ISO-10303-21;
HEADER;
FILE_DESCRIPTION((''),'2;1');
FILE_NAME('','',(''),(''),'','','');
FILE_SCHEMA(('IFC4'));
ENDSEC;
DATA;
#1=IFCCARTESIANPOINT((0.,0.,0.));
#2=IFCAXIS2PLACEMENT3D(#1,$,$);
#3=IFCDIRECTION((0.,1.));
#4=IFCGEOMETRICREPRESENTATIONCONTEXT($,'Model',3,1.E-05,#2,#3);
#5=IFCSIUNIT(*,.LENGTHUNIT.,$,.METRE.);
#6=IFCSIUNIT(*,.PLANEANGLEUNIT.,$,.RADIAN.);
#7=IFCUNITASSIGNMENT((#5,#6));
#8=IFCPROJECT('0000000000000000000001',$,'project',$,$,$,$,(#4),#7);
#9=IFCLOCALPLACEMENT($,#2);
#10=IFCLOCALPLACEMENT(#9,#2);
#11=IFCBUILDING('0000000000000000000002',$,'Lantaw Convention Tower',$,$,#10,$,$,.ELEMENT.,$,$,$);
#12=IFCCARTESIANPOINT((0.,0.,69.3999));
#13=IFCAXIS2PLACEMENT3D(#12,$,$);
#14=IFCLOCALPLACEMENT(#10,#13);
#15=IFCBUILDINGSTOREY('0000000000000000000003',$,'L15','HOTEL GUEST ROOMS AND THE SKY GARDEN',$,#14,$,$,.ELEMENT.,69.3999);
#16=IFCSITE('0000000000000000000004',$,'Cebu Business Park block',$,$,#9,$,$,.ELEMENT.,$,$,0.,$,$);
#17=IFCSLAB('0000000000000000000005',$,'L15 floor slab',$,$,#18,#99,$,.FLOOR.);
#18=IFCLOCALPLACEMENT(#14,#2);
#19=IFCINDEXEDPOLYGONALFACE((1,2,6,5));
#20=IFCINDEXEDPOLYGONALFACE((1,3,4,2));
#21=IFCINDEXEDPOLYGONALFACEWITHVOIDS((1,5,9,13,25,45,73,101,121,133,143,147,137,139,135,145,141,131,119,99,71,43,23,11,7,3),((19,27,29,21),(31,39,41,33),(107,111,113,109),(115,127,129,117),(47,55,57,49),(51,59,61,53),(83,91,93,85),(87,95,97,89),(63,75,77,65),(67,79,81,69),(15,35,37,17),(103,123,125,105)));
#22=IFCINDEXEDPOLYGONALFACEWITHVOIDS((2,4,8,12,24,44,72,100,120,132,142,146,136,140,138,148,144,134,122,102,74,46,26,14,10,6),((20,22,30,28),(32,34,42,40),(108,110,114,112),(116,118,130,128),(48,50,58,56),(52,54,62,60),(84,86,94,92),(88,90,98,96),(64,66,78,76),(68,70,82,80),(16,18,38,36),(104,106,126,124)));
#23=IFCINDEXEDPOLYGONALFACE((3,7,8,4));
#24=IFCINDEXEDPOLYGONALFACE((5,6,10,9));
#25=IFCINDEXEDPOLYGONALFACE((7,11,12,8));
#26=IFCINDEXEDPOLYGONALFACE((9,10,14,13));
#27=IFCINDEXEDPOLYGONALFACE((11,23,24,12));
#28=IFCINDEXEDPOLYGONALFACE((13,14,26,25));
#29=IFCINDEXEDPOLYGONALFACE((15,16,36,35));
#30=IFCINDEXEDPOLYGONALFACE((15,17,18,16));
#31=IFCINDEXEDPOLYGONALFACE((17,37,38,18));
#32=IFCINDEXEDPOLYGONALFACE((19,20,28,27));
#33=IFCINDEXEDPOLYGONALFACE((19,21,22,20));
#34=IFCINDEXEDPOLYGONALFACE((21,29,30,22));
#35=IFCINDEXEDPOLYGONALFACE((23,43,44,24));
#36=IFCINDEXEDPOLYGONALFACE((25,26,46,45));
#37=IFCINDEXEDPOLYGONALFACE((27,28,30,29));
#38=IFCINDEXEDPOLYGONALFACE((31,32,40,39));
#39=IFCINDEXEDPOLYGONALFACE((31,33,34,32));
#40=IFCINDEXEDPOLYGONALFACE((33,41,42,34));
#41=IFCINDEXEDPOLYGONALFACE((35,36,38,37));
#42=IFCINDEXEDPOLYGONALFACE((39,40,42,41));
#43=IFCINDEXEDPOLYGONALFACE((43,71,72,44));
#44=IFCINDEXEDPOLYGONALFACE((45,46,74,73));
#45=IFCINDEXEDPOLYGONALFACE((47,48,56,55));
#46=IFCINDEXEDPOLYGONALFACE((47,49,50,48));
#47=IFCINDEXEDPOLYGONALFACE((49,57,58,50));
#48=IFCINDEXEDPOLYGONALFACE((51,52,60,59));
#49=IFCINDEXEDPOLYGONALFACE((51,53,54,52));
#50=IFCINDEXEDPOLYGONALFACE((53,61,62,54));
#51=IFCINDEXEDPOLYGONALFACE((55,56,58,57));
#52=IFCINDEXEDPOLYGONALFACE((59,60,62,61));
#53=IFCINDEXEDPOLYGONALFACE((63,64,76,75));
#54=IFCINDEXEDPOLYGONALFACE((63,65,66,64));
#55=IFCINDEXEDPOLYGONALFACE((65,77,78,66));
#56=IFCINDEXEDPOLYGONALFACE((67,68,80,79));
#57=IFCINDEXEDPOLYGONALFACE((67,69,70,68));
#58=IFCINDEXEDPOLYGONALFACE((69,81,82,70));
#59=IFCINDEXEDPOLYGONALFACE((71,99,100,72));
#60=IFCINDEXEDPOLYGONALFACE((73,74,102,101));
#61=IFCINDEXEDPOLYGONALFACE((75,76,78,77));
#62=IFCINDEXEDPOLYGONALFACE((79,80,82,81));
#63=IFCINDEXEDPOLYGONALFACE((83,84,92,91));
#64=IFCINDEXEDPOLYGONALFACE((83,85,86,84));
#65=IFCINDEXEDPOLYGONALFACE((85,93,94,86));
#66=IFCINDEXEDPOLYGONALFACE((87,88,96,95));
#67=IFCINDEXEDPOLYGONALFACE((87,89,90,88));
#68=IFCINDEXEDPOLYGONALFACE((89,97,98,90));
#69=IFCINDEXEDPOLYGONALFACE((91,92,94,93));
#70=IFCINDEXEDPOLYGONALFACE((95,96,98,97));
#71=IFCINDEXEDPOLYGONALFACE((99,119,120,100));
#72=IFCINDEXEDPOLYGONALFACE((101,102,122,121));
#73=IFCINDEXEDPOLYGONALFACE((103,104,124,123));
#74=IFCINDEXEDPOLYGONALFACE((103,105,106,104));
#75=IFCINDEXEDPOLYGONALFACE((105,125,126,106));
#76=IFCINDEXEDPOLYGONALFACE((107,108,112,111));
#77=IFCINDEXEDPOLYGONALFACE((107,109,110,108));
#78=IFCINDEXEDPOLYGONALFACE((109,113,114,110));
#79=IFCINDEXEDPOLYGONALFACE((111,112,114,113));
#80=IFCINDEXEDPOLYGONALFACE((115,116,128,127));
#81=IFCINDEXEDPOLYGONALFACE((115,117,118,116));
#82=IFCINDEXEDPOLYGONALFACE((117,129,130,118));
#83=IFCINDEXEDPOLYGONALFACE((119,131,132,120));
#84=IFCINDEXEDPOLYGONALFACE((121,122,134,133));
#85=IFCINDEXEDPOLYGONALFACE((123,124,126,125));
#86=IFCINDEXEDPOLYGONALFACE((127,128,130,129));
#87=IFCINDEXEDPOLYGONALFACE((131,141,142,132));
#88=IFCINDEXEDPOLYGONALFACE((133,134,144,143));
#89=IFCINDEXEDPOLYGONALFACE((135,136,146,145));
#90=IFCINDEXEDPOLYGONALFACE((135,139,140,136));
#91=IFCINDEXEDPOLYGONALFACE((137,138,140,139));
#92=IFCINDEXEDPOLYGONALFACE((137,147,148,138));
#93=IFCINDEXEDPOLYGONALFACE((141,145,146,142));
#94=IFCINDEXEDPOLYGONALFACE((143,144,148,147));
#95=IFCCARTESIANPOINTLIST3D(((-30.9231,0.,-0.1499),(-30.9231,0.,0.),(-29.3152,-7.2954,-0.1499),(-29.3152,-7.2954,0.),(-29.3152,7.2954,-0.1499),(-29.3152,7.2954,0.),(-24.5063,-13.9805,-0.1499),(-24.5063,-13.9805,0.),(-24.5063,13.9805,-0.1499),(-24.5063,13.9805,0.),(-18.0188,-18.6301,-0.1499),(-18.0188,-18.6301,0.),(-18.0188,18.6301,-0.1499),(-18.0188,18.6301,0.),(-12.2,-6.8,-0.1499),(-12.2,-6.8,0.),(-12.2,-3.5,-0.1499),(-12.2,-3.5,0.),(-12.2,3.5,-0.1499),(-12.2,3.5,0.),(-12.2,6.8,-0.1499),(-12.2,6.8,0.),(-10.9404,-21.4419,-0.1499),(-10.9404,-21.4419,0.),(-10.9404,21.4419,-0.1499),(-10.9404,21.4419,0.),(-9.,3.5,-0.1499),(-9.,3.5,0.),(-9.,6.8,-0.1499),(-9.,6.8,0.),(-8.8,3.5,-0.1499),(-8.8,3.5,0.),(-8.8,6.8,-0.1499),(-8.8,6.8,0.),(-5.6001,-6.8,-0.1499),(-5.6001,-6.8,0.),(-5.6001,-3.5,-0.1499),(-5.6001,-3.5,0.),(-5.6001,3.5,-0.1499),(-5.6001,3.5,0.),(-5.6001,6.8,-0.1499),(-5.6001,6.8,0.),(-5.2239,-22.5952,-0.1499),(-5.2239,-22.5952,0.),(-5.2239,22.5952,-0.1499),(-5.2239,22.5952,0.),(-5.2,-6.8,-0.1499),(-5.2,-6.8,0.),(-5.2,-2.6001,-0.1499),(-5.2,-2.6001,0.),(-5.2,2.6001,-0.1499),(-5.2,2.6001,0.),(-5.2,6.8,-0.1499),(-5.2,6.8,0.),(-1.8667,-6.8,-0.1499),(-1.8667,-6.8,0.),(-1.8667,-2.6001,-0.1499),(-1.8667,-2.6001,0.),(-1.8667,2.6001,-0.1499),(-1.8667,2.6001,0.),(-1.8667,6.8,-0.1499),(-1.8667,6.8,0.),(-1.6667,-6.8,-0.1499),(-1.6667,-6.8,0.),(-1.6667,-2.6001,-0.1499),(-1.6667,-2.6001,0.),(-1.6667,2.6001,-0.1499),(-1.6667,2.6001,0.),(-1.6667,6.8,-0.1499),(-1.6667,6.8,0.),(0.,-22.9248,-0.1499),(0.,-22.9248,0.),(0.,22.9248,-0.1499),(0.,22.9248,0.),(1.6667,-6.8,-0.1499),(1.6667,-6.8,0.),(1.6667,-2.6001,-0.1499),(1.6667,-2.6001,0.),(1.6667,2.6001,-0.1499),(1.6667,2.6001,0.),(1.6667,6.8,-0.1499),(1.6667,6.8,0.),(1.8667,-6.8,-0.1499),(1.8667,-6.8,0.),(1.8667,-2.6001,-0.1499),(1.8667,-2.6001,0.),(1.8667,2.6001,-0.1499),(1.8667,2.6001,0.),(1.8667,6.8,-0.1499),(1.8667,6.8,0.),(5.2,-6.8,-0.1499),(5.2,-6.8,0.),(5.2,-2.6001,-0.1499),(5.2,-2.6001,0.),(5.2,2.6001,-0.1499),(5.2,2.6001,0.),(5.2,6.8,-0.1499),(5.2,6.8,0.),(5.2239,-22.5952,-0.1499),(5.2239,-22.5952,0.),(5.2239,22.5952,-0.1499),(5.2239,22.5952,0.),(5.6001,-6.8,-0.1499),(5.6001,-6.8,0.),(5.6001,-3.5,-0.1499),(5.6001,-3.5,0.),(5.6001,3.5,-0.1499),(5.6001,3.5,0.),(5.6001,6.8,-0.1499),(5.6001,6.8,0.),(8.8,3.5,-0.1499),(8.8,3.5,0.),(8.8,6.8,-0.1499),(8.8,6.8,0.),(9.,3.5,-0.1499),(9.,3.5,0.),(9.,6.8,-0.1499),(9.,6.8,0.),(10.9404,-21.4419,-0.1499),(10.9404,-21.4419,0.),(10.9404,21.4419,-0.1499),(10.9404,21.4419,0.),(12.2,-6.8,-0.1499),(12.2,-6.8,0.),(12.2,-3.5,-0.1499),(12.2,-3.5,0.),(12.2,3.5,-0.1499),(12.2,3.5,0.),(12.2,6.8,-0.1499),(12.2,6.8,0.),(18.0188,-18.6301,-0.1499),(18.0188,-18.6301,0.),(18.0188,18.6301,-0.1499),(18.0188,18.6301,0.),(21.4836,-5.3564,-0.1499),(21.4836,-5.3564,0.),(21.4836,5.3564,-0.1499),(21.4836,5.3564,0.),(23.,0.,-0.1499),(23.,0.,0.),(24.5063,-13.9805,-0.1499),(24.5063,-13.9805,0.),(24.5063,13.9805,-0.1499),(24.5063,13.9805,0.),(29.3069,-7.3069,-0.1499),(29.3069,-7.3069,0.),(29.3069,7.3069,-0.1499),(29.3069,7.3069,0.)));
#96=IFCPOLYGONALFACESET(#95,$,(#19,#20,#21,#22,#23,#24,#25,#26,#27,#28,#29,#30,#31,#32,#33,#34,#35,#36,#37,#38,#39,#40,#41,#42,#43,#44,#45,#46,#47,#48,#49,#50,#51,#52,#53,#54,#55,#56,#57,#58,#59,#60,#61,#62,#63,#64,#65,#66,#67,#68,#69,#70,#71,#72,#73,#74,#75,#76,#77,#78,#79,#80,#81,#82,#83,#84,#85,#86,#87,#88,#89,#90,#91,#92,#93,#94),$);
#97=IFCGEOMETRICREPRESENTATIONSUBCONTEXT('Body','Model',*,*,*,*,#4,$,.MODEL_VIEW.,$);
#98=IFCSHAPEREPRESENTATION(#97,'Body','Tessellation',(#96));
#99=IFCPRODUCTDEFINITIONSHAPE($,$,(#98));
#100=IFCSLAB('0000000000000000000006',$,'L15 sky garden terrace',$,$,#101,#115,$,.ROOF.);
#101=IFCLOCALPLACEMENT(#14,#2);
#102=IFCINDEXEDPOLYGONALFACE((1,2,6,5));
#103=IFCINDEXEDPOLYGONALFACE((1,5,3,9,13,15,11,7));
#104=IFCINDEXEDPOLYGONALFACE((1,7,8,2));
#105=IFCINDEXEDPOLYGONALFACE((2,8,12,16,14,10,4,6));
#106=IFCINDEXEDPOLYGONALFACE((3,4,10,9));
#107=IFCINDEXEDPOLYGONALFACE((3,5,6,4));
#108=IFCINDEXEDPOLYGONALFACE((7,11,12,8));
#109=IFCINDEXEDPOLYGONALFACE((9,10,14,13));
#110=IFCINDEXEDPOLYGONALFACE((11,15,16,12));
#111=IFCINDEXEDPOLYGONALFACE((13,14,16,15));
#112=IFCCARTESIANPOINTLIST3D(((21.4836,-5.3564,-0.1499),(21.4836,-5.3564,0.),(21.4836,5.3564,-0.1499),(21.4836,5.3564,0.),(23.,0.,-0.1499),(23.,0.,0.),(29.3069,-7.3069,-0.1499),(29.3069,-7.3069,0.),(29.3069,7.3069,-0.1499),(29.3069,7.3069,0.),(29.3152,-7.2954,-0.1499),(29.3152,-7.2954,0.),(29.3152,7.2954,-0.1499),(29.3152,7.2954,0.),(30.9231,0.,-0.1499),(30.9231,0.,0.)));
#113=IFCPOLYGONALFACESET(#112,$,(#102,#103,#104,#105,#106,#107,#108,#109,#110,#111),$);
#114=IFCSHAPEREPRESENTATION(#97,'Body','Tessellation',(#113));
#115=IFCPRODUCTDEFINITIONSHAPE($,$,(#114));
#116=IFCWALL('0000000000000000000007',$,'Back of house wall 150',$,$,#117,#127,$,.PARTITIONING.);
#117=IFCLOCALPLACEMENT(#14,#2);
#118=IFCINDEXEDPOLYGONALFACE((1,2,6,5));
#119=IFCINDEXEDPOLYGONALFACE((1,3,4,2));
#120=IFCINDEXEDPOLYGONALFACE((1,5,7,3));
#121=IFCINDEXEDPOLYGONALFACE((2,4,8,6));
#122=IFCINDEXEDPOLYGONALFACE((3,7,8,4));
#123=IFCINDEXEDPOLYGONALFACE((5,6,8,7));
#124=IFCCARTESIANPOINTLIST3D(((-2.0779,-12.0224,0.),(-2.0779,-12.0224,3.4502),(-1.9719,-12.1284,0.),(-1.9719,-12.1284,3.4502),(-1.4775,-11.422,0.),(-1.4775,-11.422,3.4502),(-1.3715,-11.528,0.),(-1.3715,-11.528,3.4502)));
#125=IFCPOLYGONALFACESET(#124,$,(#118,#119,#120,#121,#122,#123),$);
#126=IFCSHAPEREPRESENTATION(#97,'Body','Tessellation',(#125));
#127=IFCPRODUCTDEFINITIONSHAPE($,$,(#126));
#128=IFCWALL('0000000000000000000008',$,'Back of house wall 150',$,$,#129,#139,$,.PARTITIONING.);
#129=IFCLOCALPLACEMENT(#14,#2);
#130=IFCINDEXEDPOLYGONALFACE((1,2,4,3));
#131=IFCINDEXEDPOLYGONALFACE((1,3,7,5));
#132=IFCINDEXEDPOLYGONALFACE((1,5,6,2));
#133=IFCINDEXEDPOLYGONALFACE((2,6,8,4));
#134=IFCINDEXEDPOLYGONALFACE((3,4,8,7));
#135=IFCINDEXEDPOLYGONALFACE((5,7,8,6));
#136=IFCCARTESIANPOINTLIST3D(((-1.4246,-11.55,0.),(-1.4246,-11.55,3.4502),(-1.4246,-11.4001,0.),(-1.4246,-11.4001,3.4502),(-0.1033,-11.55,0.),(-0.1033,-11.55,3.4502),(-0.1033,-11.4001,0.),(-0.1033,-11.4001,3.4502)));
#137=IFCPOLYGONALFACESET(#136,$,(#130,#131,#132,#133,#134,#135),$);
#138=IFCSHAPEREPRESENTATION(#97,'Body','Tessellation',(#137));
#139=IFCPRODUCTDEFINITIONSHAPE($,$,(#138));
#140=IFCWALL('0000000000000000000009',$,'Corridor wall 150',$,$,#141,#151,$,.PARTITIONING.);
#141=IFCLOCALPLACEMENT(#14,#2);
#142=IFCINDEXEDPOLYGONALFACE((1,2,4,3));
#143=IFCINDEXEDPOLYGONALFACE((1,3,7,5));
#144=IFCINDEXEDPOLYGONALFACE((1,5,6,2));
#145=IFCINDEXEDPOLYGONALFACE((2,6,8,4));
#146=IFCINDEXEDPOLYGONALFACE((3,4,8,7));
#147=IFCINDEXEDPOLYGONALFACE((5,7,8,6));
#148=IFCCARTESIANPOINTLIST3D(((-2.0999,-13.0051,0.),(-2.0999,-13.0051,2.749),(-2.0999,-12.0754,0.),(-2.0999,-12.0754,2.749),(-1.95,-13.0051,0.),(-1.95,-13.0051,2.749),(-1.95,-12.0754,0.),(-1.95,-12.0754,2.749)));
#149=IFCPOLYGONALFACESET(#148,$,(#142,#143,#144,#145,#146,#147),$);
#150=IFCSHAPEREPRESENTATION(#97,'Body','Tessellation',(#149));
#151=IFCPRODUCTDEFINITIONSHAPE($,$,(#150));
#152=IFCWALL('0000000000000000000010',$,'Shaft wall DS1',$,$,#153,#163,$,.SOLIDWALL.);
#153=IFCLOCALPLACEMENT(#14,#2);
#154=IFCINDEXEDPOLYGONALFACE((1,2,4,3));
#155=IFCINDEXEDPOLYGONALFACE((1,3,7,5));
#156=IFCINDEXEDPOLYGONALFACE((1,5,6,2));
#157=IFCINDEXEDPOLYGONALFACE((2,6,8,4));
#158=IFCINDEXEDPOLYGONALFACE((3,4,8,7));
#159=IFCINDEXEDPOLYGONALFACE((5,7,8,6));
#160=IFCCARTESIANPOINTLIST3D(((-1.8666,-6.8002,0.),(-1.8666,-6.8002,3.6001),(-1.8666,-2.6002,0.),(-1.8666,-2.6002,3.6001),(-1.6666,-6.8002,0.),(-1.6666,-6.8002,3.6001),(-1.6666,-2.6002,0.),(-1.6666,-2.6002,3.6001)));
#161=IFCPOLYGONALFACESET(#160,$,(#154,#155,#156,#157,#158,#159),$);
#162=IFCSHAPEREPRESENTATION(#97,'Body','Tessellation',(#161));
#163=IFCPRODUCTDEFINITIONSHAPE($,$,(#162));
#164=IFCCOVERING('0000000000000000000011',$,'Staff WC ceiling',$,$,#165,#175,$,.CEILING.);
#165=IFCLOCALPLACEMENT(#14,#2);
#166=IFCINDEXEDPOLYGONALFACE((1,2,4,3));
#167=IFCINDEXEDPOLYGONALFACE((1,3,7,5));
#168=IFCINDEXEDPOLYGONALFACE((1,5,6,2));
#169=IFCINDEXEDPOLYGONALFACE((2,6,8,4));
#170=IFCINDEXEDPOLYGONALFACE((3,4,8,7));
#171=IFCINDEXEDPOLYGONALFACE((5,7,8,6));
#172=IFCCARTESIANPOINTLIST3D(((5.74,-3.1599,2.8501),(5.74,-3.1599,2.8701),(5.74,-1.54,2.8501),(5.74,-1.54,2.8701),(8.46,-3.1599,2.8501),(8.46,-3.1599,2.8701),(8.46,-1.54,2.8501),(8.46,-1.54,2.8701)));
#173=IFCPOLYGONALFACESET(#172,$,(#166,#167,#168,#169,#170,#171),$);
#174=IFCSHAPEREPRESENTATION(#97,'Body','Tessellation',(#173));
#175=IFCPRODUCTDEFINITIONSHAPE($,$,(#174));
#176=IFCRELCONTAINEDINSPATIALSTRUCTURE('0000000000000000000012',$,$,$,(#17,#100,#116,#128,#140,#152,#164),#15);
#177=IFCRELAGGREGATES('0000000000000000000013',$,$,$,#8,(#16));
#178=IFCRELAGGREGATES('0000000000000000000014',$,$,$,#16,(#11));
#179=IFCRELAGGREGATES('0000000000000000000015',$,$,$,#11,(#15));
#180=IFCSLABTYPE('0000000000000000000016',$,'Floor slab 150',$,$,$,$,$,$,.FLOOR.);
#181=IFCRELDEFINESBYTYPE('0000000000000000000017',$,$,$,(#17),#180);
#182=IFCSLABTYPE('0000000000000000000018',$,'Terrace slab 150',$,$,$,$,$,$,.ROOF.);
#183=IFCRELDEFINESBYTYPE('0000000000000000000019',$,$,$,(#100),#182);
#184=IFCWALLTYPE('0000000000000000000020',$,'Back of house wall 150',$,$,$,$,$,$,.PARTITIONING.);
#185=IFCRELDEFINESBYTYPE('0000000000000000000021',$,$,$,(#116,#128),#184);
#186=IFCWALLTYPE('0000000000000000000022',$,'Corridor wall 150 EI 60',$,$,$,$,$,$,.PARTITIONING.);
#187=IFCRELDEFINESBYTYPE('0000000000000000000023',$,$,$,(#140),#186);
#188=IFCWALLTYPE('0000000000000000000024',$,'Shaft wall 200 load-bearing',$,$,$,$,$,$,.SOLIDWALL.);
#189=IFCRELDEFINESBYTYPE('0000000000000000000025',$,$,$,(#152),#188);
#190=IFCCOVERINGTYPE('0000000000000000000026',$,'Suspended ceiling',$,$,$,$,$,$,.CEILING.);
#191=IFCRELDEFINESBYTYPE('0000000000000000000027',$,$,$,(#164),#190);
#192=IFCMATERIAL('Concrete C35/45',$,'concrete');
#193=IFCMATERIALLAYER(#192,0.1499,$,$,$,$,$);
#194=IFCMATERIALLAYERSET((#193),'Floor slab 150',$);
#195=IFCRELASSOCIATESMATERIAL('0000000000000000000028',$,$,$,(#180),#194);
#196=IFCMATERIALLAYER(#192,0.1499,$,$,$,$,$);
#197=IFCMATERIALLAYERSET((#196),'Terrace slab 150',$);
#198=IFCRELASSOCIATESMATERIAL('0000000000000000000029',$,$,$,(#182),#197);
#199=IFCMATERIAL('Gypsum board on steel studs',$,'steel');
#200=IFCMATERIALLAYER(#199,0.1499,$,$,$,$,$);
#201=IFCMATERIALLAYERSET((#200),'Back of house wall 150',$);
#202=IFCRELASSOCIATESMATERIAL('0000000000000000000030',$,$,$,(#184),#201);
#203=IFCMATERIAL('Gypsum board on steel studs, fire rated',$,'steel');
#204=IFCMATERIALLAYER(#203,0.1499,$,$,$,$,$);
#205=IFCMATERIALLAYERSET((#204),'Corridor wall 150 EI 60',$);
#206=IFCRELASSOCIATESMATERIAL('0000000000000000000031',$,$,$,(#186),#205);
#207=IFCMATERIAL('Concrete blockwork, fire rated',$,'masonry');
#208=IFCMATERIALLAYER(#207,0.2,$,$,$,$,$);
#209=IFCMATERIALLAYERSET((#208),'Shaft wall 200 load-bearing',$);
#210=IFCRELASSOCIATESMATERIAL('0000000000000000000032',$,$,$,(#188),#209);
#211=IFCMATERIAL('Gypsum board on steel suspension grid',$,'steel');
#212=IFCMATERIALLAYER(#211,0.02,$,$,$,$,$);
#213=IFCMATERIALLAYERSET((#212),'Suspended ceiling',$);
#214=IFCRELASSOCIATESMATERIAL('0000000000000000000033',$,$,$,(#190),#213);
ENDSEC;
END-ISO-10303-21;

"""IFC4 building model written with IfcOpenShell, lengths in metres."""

from ifc_helpers import new_model, si_unit, direction, frame, frame_2d, origin, place, context, subcontext, project, spatial, polyline, rectangle, outline, extrude, material, layer, layer_set, type_object, element, save


model = new_model("IFC4")

# Units and contexts
model_context = context("Model", 3, precision=1e-05, world=origin(), true_north=direction((0.0, 1.0)))
body_context = subcontext(model_context, "Body", "Model", "MODEL_VIEW")
ifc_project = project(units=[si_unit("LENGTHUNIT", "METRE"), si_unit("PLANEANGLEUNIT", "RADIAN")], contexts=[model_context])

# Site, building, storey
site_placement = place(None, origin())
site = spatial("IfcSite", under=ifc_project, at=site_placement, Name="Cebu Business Park block", CompositionType="ELEMENT", RefElevation=0.0)
building_placement = place(site_placement, origin())
building = spatial("IfcBuilding", under=site, at=building_placement, Name="Lantaw Convention Tower", CompositionType="ELEMENT")
storey_placement = place(building_placement, frame((0.0, 0.0, 69.3999)))
storey = spatial("IfcBuildingStorey", under=building, at=storey_placement, Name="L15", Description="HOTEL GUEST ROOMS AND THE SKY GARDEN", CompositionType="ELEMENT", Elevation=69.3999)

# Slabs
ifc_material_1 = material(Name="Concrete C35/45", Category="concrete")
ifc_layer_1 = layer(ifc_material_1, 0.1499)
ifc_layer_set_1 = layer_set([ifc_layer_1], Name="Floor slab 150")
slab_type_1 = type_object("IfcSlabType", Name="Floor slab 150", PredefinedType="FLOOR", material=ifc_layer_set_1)
slab_1_placement = place(storey_placement, frame((0.0, 0.0, -0.1499)))
element("IfcSlab", 1, at=slab_1_placement, inside=storey, type_object=slab_type_1, Name="L15 floor slab", PredefinedType="FLOOR", context=body_context, shape_type="SweptSolid", body=[
    extrude(outline(polyline([(18.0188, -18.6301), (24.5063, -13.9805), (29.3069, -7.3069), (21.4836, -5.3564), (23.0, 0.0), (21.4836, 5.3564), (29.3069, 7.3069), (24.5063, 13.9805), (18.0188, 18.6301), (10.9404, 21.4419), (5.2239, 22.5952), (0.0, 22.9248), (-5.2239, 22.5952), (-10.9404, 21.4419), (-18.0188, 18.6301), (-24.5063, 13.9805), (-29.3152, 7.2954), (-30.9231, 0.0), (-29.3152, -7.2954), (-24.5063, -13.9805), (-18.0188, -18.6301), (-10.9404, -21.4419), (-5.2239, -22.5952), (0.0, -22.9248), (5.2239, -22.5952), (10.9404, -21.4419), (18.0188, -18.6301)]), holes=[polyline([(-5.6001, -3.5), (-12.2, -3.5), (-12.2, -6.8), (-5.6001, -6.8), (-5.6001, -3.5)]), polyline([(-1.8667, -6.8), (-1.8667, -2.6001), (-5.2, -2.6001), (-5.2, -6.8), (-1.8667, -6.8)]), polyline([(-1.8667, 2.6001), (-1.8667, 6.8), (-5.2, 6.8), (-5.2, 2.6001), (-1.8667, 2.6001)]), polyline([(1.6667, 6.8), (-1.6667, 6.8), (-1.6667, 2.6001), (1.6667, 2.6001), (1.6667, 6.8)]), polyline([(-9.0, 3.5), (-9.0, 6.8), (-12.2, 6.8), (-12.2, 3.5), (-9.0, 3.5)]), polyline([(-5.6001, 3.5), (-5.6001, 6.8), (-8.8, 6.8), (-8.8, 3.5), (-5.6001, 3.5)]), polyline([(12.2, -3.5), (5.6001, -3.5), (5.6001, -6.8), (12.2, -6.8), (12.2, -3.5)]), polyline([(1.6667, -6.8), (1.6667, -2.6001), (-1.6667, -2.6001), (-1.6667, -6.8), (1.6667, -6.8)]), polyline([(5.2, -6.8), (5.2, -2.6001), (1.8667, -2.6001), (1.8667, -6.8), (5.2, -6.8)]), polyline([(5.2, 6.8), (1.8667, 6.8), (1.8667, 2.6001), (5.2, 2.6001), (5.2, 6.8)]), polyline([(8.8, 3.5), (8.8, 6.8), (5.6001, 6.8), (5.6001, 3.5), (8.8, 3.5)]), polyline([(12.2, 3.5), (12.2, 6.8), (9.0, 6.8), (9.0, 3.5), (12.2, 3.5)])]), origin(), (0.0, 0.0, 1.0), 0.1499),
])
ifc_layer_2 = layer(ifc_material_1, 0.1499)
ifc_layer_set_2 = layer_set([ifc_layer_2], Name="Terrace slab 150")
slab_type_2 = type_object("IfcSlabType", Name="Terrace slab 150", PredefinedType="ROOF", material=ifc_layer_set_2)
slab_2_placement = place(storey_placement, frame((0.0, 0.0, -0.1499)))
element("IfcSlab", 2, at=slab_2_placement, inside=storey, type_object=slab_type_2, Name="L15 sky garden terrace", PredefinedType="ROOF", context=body_context, shape_type="SweptSolid", body=[
    extrude(outline(polyline([(21.4836, 5.3564), (23.0, 0.0), (21.4836, -5.3564), (29.3069, -7.3069), (29.3152, -7.2954), (30.9231, 0.0), (29.3152, 7.2954), (29.3069, 7.3069), (21.4836, 5.3564)])), origin(), (0.0, 0.0, 1.0), 0.1499),
])

# Walls
ifc_material_2 = material(Name="Gypsum board on steel studs", Category="steel")
ifc_layer_3 = layer(ifc_material_2, 0.1499)
ifc_layer_set_3 = layer_set([ifc_layer_3], Name="Back of house wall 150")
wall_type_1 = type_object("IfcWallType", Name="Back of house wall 150", PredefinedType="PARTITIONING", material=ifc_layer_set_3)
wall_1_placement = place(storey_placement, frame((-2.0249, -12.0754, 0.0), z_axis=(0.0, 0.0, 1.0), x_axis=(0.707107, 0.707107, 0.0)))
element("IfcWall", 3, at=wall_1_placement, inside=storey, type_object=wall_type_1, Name="Back of house wall 150", PredefinedType="PARTITIONING", context=body_context, shape_type="SweptSolid", body=[
    extrude(rectangle(XDim=0.8491, YDim=0.1499, at=frame_2d((0.4246, 0.0))), origin(), (0.0, 0.0, 1.0), 3.4502),
])
wall_2_placement = place(storey_placement, frame((-1.4246, -11.4751, 0.0), z_axis=(0.0, 0.0, 1.0), x_axis=(1.0, 0.0, 0.0)))
element("IfcWall", 4, at=wall_2_placement, inside=storey, type_object=wall_type_1, Name="Back of house wall 150", PredefinedType="PARTITIONING", context=body_context, shape_type="SweptSolid", body=[
    extrude(rectangle(XDim=1.3213, YDim=0.1499, at=frame_2d((0.6606, 0.0))), origin(), (0.0, 0.0, 1.0), 3.4502),
])
ifc_material_3 = material(Name="Gypsum board on steel studs, fire rated", Category="steel")
ifc_layer_4 = layer(ifc_material_3, 0.1499)
ifc_layer_set_4 = layer_set([ifc_layer_4], Name="Corridor wall 150 EI 60")
wall_type_2 = type_object("IfcWallType", Name="Corridor wall 150 EI 60", PredefinedType="PARTITIONING", material=ifc_layer_set_4)
wall_3_placement = place(storey_placement, frame((-2.0249, -13.0051, 0.0), z_axis=(0.0, 0.0, 1.0), x_axis=(0.0, 1.0, 0.0)))
element("IfcWall", 5, at=wall_3_placement, inside=storey, type_object=wall_type_2, Name="Corridor wall 150", PredefinedType="PARTITIONING", context=body_context, shape_type="SweptSolid", body=[
    extrude(rectangle(XDim=0.9297, YDim=0.1499, at=frame_2d((0.4648, 0.0))), origin(), (0.0, 0.0, 1.0), 2.749),
])
ifc_material_4 = material(Name="Concrete blockwork, fire rated", Category="masonry")
ifc_layer_5 = layer(ifc_material_4, 0.2)
ifc_layer_set_5 = layer_set([ifc_layer_5], Name="Shaft wall 200 load-bearing")
wall_type_3 = type_object("IfcWallType", Name="Shaft wall 200 load-bearing", PredefinedType="SOLIDWALL", material=ifc_layer_set_5)
wall_4_placement = place(storey_placement, frame((-1.7666, -2.6001, 0.0), z_axis=(0.0, 0.0, 1.0), x_axis=(0.0, -1.0, 0.0)))
element("IfcWall", 6, at=wall_4_placement, inside=storey, type_object=wall_type_3, Name="Shaft wall DS1", PredefinedType="SOLIDWALL", context=body_context, shape_type="SweptSolid", body=[
    extrude(rectangle(XDim=4.2, YDim=0.2, at=frame_2d((2.1001, 0.0))), origin(), (0.0, 0.0, 1.0), 3.6001),
])

# Covering
ifc_material_5 = material(Name="Gypsum board on steel suspension grid", Category="steel")
ifc_layer_6 = layer(ifc_material_5, 0.02)
ifc_layer_set_6 = layer_set([ifc_layer_6], Name="Suspended ceiling")
covering_type = type_object("IfcCoveringType", Name="Suspended ceiling", PredefinedType="CEILING", material=ifc_layer_set_6)
covering_1_placement = place(storey_placement, frame((0.0, 0.0, 2.8501)))
element("IfcCovering", 7, at=covering_1_placement, inside=storey, type_object=covering_type, Name="Staff WC ceiling", PredefinedType="CEILING", context=body_context, shape_type="SweptSolid", body=[
    extrude(outline(polyline([(5.74, -3.1599), (8.46, -3.1599), (8.46, -1.54), (5.74, -1.54), (5.74, -3.1599)])), origin(), (0.0, 0.0, 1.0), 0.02),
])

save(model, "model.ifc")
